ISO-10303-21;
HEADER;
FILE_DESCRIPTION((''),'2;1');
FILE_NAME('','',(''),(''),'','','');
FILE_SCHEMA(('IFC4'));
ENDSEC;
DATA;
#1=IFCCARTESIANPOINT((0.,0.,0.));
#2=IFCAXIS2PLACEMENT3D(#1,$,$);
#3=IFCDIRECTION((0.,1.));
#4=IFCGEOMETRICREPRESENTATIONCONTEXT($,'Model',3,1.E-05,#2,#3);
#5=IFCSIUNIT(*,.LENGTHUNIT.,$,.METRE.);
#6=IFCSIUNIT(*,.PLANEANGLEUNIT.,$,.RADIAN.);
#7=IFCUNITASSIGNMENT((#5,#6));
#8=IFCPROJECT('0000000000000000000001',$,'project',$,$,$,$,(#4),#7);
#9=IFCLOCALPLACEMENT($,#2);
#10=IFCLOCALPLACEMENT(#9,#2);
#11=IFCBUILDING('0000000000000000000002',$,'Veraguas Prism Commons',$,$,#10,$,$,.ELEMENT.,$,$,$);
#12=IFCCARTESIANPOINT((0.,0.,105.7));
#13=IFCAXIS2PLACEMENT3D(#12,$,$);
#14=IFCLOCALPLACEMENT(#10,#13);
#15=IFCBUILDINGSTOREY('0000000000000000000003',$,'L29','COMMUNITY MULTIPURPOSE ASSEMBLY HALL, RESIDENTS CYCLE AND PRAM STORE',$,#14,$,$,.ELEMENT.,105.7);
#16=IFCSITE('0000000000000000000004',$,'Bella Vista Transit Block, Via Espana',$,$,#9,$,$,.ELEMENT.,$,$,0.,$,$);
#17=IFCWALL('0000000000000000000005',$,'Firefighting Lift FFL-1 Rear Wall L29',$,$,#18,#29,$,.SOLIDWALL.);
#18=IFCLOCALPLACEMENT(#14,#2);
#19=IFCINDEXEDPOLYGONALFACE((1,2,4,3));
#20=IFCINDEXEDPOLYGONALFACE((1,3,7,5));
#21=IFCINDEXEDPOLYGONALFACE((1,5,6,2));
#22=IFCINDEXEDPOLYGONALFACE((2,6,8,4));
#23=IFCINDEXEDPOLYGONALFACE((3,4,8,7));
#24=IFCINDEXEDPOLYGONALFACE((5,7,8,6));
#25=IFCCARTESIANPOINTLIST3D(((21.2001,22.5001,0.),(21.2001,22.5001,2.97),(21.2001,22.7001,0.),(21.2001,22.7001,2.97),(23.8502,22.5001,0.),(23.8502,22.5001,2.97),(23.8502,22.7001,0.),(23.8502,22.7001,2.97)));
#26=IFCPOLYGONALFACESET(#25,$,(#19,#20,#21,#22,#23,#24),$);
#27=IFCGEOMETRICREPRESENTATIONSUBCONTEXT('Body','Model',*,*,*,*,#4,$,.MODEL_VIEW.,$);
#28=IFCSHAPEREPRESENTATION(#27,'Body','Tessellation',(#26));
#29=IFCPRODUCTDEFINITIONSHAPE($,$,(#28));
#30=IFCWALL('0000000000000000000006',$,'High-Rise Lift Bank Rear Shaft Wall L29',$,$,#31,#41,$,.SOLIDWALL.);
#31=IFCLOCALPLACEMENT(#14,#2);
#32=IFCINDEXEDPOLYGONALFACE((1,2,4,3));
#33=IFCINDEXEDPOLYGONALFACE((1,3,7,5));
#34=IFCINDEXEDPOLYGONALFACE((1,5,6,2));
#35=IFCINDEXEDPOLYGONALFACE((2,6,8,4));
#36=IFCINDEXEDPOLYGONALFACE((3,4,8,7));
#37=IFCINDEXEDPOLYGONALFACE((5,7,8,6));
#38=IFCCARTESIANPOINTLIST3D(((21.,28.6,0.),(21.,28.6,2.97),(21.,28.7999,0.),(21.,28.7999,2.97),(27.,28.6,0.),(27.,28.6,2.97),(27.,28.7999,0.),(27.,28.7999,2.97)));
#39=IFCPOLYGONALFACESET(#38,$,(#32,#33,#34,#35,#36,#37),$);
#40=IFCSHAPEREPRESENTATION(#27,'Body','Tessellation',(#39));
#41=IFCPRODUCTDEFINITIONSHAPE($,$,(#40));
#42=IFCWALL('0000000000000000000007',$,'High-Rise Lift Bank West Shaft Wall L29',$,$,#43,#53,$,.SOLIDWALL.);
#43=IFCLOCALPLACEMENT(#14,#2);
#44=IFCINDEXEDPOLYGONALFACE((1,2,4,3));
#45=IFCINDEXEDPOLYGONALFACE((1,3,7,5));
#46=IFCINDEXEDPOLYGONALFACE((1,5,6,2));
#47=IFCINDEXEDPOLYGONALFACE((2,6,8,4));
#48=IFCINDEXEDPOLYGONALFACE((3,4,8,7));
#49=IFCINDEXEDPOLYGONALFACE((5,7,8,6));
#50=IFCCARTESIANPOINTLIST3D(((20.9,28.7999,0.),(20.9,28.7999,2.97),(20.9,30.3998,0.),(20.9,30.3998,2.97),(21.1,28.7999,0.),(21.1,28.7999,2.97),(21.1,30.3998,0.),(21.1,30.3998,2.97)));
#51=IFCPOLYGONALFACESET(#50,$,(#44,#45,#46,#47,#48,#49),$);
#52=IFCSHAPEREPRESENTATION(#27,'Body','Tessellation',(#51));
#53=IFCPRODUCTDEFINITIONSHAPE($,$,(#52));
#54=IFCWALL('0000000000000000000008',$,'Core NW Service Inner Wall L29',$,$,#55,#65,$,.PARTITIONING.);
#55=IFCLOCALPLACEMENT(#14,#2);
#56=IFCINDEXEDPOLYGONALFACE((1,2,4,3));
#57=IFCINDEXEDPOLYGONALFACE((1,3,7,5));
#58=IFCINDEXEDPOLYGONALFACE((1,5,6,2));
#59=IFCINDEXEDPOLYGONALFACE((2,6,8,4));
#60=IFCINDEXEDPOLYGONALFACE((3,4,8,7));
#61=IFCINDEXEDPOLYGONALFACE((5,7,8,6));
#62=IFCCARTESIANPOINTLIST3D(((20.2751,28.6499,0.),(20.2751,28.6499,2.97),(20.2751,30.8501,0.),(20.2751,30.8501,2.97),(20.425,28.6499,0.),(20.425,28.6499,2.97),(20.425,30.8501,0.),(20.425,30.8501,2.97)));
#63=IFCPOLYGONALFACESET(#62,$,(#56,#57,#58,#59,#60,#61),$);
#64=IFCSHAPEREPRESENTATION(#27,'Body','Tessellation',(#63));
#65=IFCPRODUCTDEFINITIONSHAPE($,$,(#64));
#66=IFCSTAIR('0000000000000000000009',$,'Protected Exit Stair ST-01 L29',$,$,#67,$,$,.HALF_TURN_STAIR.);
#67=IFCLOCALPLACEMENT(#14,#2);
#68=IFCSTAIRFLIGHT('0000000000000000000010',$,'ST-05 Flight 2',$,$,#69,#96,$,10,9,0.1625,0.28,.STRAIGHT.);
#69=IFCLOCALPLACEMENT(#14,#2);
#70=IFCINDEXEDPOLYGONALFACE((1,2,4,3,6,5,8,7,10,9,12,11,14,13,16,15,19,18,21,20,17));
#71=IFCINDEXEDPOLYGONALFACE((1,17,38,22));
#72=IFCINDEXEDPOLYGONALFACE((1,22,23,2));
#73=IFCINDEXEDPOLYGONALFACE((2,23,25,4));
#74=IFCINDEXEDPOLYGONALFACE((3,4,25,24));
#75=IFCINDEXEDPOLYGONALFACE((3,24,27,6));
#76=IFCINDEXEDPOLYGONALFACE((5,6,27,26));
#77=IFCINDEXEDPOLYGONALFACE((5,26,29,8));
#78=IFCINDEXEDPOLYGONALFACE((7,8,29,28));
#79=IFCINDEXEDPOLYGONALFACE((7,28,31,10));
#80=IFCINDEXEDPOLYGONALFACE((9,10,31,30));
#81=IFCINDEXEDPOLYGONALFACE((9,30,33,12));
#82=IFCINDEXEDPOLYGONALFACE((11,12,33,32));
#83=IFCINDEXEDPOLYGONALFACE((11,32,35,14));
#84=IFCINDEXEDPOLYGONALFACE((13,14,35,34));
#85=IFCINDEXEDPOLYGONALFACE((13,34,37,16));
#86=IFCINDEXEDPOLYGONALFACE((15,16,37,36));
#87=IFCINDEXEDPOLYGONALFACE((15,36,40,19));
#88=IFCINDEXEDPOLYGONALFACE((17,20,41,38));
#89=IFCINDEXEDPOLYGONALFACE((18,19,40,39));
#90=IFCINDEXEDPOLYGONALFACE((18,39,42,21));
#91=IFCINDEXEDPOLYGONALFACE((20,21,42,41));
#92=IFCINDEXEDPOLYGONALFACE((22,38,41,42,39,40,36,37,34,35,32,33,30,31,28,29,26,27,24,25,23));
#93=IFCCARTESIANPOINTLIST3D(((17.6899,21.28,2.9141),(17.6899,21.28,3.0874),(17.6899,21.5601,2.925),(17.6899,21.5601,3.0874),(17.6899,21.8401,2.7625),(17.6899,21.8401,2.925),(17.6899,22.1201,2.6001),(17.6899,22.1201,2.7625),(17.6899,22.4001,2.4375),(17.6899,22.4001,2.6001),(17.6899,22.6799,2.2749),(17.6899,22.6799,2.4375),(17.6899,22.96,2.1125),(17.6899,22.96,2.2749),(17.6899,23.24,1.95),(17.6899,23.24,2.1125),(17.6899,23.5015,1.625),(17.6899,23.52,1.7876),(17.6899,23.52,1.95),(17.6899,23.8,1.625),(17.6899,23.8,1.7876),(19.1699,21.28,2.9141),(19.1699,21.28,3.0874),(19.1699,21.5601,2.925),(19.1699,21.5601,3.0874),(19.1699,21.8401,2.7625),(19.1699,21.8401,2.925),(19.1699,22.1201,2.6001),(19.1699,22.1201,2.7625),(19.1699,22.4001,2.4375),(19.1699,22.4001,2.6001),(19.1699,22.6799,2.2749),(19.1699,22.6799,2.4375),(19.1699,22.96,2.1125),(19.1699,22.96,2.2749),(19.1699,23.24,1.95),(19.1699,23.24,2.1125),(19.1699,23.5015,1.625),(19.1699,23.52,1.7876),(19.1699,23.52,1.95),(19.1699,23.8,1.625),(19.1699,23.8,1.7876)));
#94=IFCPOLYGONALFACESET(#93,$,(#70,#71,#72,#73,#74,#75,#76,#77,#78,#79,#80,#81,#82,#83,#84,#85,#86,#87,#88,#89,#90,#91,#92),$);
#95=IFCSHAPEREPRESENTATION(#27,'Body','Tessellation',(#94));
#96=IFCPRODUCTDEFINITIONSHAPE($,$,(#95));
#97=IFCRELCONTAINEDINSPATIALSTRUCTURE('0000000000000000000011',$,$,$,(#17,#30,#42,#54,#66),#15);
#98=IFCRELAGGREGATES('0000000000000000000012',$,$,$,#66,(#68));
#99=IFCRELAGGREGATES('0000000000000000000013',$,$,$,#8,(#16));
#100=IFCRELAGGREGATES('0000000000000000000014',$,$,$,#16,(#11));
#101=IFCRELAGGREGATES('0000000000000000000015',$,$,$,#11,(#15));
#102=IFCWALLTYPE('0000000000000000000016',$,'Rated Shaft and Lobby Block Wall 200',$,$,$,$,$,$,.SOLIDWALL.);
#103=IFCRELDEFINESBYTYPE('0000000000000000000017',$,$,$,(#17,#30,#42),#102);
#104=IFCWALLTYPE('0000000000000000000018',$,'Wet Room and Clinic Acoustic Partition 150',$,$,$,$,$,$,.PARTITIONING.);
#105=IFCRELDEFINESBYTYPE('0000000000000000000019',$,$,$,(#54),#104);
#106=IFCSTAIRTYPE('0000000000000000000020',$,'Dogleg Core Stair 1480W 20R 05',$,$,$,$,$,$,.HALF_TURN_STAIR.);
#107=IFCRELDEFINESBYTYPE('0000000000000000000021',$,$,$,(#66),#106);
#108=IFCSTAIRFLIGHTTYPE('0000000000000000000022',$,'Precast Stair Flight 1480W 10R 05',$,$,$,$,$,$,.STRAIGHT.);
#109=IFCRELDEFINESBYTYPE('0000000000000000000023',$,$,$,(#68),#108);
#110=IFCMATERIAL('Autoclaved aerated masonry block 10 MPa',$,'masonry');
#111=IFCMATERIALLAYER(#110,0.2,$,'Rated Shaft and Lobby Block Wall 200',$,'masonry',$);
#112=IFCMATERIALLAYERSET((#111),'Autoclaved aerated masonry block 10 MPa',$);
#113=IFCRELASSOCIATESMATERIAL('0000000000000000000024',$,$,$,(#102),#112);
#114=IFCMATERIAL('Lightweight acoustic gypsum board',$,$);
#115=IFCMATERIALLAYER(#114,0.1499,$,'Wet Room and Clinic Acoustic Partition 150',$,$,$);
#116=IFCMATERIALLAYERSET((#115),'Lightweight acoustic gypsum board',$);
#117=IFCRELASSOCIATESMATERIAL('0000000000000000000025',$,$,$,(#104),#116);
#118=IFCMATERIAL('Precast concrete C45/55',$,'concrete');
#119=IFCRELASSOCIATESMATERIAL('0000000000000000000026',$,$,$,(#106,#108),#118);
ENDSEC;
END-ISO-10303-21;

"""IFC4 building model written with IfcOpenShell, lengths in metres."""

from ifc_helpers import new_model, si_unit, direction, frame, frame_2d, origin, place, context, subcontext, project, spatial, polyline, rectangle, outline, extrude, material, layer, layer_set, type_object, element, aggregate, save


model = new_model("IFC4")

# Units and contexts
model_context = context("Model", 3, precision=1e-05, world=origin(), true_north=direction((0.0, 1.0)))
body_context = subcontext(model_context, "Body", "Model", "MODEL_VIEW")
ifc_project = project(units=[si_unit("LENGTHUNIT", "METRE"), si_unit("PLANEANGLEUNIT", "RADIAN")], contexts=[model_context])

# Site, building, storey
site_placement = place(None, origin())
site = spatial("IfcSite", under=ifc_project, at=site_placement, Name="Bella Vista Transit Block, Via Espana", CompositionType="ELEMENT", RefElevation=0.0)
building_placement = place(site_placement, origin())
building = spatial("IfcBuilding", under=site, at=building_placement, Name="Veraguas Prism Commons", CompositionType="ELEMENT")
storey_placement = place(building_placement, frame((0.0, 0.0, 105.7)))
storey = spatial("IfcBuildingStorey", under=building, at=storey_placement, Name="L29", Description="COMMUNITY MULTIPURPOSE ASSEMBLY HALL, RESIDENTS CYCLE AND PRAM STORE", CompositionType="ELEMENT", Elevation=105.7)

# Shared definitions
ifc_material_1 = material(Name="Autoclaved aerated masonry block 10 MPa", Category="masonry")

# Walls
ifc_material_2 = material(Name="Lightweight acoustic gypsum board")
ifc_layer_1 = layer(ifc_material_1, 0.2, Name="Rated Shaft and Lobby Block Wall 200", Category="masonry")
ifc_layer_set_1 = layer_set([ifc_layer_1], Name="Autoclaved aerated masonry block 10 MPa")
wall_type_1 = type_object("IfcWallType", Name="Rated Shaft and Lobby Block Wall 200", PredefinedType="SOLIDWALL", material=ifc_layer_set_1)
wall_1_placement = place(storey_placement, frame((21.2, 22.6001, 0.0), z_axis=(0.0, 0.0, 1.0), x_axis=(1.0, 0.0, 0.0)))
element("IfcWall", 1, at=wall_1_placement, inside=storey, type_object=wall_type_1, Name="Firefighting Lift FFL-1 Rear Wall L29", PredefinedType="SOLIDWALL", context=body_context, shape_type="SweptSolid", body=[
    extrude(rectangle(XDim=2.6501, YDim=0.2, at=frame_2d((1.3252, 0.0))), origin(), (0.0, 0.0, 1.0), 2.97),
])
wall_2_placement = place(storey_placement, frame((21.0, 28.7, 0.0), z_axis=(0.0, 0.0, 1.0), x_axis=(1.0, 0.0, 0.0)))
element("IfcWall", 2, at=wall_2_placement, inside=storey, type_object=wall_type_1, Name="High-Rise Lift Bank Rear Shaft Wall L29", PredefinedType="SOLIDWALL", context=body_context, shape_type="SweptSolid", body=[
    extrude(rectangle(XDim=6.0, YDim=0.2, at=frame_2d((3.0, 0.0))), origin(), (0.0, 0.0, 1.0), 2.97),
])
wall_3_placement = place(storey_placement, frame((21.0, 28.8, 0.0), z_axis=(0.0, 0.0, 1.0), x_axis=(0.0, 1.0, 0.0)))
element("IfcWall", 3, at=wall_3_placement, inside=storey, type_object=wall_type_1, Name="High-Rise Lift Bank West Shaft Wall L29", PredefinedType="SOLIDWALL", context=body_context, shape_type="SweptSolid", body=[
    extrude(rectangle(XDim=1.5999, YDim=0.2, at=frame_2d((0.7998, 0.0))), origin(), (0.0, 0.0, 1.0), 2.97),
])
ifc_layer_2 = layer(ifc_material_2, 0.1499, Name="Wet Room and Clinic Acoustic Partition 150")
ifc_layer_set_2 = layer_set([ifc_layer_2], Name="Lightweight acoustic gypsum board")
wall_type_2 = type_object("IfcWallType", Name="Wet Room and Clinic Acoustic Partition 150", PredefinedType="PARTITIONING", material=ifc_layer_set_2)
wall_4_placement = place(storey_placement, frame((20.3501, 28.6499, 0.0), z_axis=(0.0, 0.0, 1.0), x_axis=(0.0, 1.0, 0.0)))
element("IfcWall", 4, at=wall_4_placement, inside=storey, type_object=wall_type_2, Name="Core NW Service Inner Wall L29", PredefinedType="PARTITIONING", context=body_context, shape_type="SweptSolid", body=[
    extrude(rectangle(XDim=2.2002, YDim=0.1499, at=frame_2d((1.1001, 0.0))), origin(), (0.0, 0.0, 1.0), 2.97),
])

# Stair, stair flight
ifc_material_3 = material(Name="Precast concrete C45/55", Category="concrete")
stair_type = type_object("IfcStairType", Name="Dogleg Core Stair 1480W 20R 05", PredefinedType="HALF_TURN_STAIR", material=ifc_material_3)
stair_placement = place(storey_placement, origin())
stair = element("IfcStair", 5, at=stair_placement, inside=storey, type_object=stair_type, Name="Protected Exit Stair ST-01 L29", PredefinedType="HALF_TURN_STAIR")
stair_flight_type = type_object("IfcStairFlightType", Name="Precast Stair Flight 1480W 10R 05", PredefinedType="STRAIGHT", material=ifc_material_3)
stair_flight_placement = place(storey_placement, frame((18.4299, 23.8, 1.625), z_axis=(0.0, 0.0, 1.0), x_axis=(0.0, -1.0, 0.0)))
stair_flight = element("IfcStairFlight", 6, at=stair_flight_placement, type_object=stair_flight_type, Name="ST-05 Flight 2", NumberOfRisers=10, NumberOfTreads=9, PredefinedType="STRAIGHT", RiserHeight=0.1625, TreadLength=0.28, context=body_context, shape_type="SweptSolid", body=[
    extrude(outline(polyline([(0.0, 0.0), (0.0, 0.1626), (0.28, 0.1626), (0.28, 0.325), (0.5601, 0.325), (0.5601, 0.4875), (0.8401, 0.4875), (0.8401, 0.6499), (1.1201, 0.6499), (1.1201, 0.8125), (1.3999, 0.8125), (1.3999, 0.9751), (1.6799, 0.9751), (1.6799, 1.1375), (1.96, 1.1375), (1.96, 1.3), (2.24, 1.3), (2.24, 1.4624), (2.52, 1.4624), (2.52, 1.625), (2.52, 1.2891), (0.2986, 0.0), (0.0, 0.0)])), frame((0.0, 0.74, 0.0), z_axis=(0.0, -1.0, 0.0), x_axis=(1.0, 0.0, 0.0)), (0.0, 0.0, 1.0), 1.48),
])
aggregate(stair, [stair_flight])

save(model, "model.ifc")
